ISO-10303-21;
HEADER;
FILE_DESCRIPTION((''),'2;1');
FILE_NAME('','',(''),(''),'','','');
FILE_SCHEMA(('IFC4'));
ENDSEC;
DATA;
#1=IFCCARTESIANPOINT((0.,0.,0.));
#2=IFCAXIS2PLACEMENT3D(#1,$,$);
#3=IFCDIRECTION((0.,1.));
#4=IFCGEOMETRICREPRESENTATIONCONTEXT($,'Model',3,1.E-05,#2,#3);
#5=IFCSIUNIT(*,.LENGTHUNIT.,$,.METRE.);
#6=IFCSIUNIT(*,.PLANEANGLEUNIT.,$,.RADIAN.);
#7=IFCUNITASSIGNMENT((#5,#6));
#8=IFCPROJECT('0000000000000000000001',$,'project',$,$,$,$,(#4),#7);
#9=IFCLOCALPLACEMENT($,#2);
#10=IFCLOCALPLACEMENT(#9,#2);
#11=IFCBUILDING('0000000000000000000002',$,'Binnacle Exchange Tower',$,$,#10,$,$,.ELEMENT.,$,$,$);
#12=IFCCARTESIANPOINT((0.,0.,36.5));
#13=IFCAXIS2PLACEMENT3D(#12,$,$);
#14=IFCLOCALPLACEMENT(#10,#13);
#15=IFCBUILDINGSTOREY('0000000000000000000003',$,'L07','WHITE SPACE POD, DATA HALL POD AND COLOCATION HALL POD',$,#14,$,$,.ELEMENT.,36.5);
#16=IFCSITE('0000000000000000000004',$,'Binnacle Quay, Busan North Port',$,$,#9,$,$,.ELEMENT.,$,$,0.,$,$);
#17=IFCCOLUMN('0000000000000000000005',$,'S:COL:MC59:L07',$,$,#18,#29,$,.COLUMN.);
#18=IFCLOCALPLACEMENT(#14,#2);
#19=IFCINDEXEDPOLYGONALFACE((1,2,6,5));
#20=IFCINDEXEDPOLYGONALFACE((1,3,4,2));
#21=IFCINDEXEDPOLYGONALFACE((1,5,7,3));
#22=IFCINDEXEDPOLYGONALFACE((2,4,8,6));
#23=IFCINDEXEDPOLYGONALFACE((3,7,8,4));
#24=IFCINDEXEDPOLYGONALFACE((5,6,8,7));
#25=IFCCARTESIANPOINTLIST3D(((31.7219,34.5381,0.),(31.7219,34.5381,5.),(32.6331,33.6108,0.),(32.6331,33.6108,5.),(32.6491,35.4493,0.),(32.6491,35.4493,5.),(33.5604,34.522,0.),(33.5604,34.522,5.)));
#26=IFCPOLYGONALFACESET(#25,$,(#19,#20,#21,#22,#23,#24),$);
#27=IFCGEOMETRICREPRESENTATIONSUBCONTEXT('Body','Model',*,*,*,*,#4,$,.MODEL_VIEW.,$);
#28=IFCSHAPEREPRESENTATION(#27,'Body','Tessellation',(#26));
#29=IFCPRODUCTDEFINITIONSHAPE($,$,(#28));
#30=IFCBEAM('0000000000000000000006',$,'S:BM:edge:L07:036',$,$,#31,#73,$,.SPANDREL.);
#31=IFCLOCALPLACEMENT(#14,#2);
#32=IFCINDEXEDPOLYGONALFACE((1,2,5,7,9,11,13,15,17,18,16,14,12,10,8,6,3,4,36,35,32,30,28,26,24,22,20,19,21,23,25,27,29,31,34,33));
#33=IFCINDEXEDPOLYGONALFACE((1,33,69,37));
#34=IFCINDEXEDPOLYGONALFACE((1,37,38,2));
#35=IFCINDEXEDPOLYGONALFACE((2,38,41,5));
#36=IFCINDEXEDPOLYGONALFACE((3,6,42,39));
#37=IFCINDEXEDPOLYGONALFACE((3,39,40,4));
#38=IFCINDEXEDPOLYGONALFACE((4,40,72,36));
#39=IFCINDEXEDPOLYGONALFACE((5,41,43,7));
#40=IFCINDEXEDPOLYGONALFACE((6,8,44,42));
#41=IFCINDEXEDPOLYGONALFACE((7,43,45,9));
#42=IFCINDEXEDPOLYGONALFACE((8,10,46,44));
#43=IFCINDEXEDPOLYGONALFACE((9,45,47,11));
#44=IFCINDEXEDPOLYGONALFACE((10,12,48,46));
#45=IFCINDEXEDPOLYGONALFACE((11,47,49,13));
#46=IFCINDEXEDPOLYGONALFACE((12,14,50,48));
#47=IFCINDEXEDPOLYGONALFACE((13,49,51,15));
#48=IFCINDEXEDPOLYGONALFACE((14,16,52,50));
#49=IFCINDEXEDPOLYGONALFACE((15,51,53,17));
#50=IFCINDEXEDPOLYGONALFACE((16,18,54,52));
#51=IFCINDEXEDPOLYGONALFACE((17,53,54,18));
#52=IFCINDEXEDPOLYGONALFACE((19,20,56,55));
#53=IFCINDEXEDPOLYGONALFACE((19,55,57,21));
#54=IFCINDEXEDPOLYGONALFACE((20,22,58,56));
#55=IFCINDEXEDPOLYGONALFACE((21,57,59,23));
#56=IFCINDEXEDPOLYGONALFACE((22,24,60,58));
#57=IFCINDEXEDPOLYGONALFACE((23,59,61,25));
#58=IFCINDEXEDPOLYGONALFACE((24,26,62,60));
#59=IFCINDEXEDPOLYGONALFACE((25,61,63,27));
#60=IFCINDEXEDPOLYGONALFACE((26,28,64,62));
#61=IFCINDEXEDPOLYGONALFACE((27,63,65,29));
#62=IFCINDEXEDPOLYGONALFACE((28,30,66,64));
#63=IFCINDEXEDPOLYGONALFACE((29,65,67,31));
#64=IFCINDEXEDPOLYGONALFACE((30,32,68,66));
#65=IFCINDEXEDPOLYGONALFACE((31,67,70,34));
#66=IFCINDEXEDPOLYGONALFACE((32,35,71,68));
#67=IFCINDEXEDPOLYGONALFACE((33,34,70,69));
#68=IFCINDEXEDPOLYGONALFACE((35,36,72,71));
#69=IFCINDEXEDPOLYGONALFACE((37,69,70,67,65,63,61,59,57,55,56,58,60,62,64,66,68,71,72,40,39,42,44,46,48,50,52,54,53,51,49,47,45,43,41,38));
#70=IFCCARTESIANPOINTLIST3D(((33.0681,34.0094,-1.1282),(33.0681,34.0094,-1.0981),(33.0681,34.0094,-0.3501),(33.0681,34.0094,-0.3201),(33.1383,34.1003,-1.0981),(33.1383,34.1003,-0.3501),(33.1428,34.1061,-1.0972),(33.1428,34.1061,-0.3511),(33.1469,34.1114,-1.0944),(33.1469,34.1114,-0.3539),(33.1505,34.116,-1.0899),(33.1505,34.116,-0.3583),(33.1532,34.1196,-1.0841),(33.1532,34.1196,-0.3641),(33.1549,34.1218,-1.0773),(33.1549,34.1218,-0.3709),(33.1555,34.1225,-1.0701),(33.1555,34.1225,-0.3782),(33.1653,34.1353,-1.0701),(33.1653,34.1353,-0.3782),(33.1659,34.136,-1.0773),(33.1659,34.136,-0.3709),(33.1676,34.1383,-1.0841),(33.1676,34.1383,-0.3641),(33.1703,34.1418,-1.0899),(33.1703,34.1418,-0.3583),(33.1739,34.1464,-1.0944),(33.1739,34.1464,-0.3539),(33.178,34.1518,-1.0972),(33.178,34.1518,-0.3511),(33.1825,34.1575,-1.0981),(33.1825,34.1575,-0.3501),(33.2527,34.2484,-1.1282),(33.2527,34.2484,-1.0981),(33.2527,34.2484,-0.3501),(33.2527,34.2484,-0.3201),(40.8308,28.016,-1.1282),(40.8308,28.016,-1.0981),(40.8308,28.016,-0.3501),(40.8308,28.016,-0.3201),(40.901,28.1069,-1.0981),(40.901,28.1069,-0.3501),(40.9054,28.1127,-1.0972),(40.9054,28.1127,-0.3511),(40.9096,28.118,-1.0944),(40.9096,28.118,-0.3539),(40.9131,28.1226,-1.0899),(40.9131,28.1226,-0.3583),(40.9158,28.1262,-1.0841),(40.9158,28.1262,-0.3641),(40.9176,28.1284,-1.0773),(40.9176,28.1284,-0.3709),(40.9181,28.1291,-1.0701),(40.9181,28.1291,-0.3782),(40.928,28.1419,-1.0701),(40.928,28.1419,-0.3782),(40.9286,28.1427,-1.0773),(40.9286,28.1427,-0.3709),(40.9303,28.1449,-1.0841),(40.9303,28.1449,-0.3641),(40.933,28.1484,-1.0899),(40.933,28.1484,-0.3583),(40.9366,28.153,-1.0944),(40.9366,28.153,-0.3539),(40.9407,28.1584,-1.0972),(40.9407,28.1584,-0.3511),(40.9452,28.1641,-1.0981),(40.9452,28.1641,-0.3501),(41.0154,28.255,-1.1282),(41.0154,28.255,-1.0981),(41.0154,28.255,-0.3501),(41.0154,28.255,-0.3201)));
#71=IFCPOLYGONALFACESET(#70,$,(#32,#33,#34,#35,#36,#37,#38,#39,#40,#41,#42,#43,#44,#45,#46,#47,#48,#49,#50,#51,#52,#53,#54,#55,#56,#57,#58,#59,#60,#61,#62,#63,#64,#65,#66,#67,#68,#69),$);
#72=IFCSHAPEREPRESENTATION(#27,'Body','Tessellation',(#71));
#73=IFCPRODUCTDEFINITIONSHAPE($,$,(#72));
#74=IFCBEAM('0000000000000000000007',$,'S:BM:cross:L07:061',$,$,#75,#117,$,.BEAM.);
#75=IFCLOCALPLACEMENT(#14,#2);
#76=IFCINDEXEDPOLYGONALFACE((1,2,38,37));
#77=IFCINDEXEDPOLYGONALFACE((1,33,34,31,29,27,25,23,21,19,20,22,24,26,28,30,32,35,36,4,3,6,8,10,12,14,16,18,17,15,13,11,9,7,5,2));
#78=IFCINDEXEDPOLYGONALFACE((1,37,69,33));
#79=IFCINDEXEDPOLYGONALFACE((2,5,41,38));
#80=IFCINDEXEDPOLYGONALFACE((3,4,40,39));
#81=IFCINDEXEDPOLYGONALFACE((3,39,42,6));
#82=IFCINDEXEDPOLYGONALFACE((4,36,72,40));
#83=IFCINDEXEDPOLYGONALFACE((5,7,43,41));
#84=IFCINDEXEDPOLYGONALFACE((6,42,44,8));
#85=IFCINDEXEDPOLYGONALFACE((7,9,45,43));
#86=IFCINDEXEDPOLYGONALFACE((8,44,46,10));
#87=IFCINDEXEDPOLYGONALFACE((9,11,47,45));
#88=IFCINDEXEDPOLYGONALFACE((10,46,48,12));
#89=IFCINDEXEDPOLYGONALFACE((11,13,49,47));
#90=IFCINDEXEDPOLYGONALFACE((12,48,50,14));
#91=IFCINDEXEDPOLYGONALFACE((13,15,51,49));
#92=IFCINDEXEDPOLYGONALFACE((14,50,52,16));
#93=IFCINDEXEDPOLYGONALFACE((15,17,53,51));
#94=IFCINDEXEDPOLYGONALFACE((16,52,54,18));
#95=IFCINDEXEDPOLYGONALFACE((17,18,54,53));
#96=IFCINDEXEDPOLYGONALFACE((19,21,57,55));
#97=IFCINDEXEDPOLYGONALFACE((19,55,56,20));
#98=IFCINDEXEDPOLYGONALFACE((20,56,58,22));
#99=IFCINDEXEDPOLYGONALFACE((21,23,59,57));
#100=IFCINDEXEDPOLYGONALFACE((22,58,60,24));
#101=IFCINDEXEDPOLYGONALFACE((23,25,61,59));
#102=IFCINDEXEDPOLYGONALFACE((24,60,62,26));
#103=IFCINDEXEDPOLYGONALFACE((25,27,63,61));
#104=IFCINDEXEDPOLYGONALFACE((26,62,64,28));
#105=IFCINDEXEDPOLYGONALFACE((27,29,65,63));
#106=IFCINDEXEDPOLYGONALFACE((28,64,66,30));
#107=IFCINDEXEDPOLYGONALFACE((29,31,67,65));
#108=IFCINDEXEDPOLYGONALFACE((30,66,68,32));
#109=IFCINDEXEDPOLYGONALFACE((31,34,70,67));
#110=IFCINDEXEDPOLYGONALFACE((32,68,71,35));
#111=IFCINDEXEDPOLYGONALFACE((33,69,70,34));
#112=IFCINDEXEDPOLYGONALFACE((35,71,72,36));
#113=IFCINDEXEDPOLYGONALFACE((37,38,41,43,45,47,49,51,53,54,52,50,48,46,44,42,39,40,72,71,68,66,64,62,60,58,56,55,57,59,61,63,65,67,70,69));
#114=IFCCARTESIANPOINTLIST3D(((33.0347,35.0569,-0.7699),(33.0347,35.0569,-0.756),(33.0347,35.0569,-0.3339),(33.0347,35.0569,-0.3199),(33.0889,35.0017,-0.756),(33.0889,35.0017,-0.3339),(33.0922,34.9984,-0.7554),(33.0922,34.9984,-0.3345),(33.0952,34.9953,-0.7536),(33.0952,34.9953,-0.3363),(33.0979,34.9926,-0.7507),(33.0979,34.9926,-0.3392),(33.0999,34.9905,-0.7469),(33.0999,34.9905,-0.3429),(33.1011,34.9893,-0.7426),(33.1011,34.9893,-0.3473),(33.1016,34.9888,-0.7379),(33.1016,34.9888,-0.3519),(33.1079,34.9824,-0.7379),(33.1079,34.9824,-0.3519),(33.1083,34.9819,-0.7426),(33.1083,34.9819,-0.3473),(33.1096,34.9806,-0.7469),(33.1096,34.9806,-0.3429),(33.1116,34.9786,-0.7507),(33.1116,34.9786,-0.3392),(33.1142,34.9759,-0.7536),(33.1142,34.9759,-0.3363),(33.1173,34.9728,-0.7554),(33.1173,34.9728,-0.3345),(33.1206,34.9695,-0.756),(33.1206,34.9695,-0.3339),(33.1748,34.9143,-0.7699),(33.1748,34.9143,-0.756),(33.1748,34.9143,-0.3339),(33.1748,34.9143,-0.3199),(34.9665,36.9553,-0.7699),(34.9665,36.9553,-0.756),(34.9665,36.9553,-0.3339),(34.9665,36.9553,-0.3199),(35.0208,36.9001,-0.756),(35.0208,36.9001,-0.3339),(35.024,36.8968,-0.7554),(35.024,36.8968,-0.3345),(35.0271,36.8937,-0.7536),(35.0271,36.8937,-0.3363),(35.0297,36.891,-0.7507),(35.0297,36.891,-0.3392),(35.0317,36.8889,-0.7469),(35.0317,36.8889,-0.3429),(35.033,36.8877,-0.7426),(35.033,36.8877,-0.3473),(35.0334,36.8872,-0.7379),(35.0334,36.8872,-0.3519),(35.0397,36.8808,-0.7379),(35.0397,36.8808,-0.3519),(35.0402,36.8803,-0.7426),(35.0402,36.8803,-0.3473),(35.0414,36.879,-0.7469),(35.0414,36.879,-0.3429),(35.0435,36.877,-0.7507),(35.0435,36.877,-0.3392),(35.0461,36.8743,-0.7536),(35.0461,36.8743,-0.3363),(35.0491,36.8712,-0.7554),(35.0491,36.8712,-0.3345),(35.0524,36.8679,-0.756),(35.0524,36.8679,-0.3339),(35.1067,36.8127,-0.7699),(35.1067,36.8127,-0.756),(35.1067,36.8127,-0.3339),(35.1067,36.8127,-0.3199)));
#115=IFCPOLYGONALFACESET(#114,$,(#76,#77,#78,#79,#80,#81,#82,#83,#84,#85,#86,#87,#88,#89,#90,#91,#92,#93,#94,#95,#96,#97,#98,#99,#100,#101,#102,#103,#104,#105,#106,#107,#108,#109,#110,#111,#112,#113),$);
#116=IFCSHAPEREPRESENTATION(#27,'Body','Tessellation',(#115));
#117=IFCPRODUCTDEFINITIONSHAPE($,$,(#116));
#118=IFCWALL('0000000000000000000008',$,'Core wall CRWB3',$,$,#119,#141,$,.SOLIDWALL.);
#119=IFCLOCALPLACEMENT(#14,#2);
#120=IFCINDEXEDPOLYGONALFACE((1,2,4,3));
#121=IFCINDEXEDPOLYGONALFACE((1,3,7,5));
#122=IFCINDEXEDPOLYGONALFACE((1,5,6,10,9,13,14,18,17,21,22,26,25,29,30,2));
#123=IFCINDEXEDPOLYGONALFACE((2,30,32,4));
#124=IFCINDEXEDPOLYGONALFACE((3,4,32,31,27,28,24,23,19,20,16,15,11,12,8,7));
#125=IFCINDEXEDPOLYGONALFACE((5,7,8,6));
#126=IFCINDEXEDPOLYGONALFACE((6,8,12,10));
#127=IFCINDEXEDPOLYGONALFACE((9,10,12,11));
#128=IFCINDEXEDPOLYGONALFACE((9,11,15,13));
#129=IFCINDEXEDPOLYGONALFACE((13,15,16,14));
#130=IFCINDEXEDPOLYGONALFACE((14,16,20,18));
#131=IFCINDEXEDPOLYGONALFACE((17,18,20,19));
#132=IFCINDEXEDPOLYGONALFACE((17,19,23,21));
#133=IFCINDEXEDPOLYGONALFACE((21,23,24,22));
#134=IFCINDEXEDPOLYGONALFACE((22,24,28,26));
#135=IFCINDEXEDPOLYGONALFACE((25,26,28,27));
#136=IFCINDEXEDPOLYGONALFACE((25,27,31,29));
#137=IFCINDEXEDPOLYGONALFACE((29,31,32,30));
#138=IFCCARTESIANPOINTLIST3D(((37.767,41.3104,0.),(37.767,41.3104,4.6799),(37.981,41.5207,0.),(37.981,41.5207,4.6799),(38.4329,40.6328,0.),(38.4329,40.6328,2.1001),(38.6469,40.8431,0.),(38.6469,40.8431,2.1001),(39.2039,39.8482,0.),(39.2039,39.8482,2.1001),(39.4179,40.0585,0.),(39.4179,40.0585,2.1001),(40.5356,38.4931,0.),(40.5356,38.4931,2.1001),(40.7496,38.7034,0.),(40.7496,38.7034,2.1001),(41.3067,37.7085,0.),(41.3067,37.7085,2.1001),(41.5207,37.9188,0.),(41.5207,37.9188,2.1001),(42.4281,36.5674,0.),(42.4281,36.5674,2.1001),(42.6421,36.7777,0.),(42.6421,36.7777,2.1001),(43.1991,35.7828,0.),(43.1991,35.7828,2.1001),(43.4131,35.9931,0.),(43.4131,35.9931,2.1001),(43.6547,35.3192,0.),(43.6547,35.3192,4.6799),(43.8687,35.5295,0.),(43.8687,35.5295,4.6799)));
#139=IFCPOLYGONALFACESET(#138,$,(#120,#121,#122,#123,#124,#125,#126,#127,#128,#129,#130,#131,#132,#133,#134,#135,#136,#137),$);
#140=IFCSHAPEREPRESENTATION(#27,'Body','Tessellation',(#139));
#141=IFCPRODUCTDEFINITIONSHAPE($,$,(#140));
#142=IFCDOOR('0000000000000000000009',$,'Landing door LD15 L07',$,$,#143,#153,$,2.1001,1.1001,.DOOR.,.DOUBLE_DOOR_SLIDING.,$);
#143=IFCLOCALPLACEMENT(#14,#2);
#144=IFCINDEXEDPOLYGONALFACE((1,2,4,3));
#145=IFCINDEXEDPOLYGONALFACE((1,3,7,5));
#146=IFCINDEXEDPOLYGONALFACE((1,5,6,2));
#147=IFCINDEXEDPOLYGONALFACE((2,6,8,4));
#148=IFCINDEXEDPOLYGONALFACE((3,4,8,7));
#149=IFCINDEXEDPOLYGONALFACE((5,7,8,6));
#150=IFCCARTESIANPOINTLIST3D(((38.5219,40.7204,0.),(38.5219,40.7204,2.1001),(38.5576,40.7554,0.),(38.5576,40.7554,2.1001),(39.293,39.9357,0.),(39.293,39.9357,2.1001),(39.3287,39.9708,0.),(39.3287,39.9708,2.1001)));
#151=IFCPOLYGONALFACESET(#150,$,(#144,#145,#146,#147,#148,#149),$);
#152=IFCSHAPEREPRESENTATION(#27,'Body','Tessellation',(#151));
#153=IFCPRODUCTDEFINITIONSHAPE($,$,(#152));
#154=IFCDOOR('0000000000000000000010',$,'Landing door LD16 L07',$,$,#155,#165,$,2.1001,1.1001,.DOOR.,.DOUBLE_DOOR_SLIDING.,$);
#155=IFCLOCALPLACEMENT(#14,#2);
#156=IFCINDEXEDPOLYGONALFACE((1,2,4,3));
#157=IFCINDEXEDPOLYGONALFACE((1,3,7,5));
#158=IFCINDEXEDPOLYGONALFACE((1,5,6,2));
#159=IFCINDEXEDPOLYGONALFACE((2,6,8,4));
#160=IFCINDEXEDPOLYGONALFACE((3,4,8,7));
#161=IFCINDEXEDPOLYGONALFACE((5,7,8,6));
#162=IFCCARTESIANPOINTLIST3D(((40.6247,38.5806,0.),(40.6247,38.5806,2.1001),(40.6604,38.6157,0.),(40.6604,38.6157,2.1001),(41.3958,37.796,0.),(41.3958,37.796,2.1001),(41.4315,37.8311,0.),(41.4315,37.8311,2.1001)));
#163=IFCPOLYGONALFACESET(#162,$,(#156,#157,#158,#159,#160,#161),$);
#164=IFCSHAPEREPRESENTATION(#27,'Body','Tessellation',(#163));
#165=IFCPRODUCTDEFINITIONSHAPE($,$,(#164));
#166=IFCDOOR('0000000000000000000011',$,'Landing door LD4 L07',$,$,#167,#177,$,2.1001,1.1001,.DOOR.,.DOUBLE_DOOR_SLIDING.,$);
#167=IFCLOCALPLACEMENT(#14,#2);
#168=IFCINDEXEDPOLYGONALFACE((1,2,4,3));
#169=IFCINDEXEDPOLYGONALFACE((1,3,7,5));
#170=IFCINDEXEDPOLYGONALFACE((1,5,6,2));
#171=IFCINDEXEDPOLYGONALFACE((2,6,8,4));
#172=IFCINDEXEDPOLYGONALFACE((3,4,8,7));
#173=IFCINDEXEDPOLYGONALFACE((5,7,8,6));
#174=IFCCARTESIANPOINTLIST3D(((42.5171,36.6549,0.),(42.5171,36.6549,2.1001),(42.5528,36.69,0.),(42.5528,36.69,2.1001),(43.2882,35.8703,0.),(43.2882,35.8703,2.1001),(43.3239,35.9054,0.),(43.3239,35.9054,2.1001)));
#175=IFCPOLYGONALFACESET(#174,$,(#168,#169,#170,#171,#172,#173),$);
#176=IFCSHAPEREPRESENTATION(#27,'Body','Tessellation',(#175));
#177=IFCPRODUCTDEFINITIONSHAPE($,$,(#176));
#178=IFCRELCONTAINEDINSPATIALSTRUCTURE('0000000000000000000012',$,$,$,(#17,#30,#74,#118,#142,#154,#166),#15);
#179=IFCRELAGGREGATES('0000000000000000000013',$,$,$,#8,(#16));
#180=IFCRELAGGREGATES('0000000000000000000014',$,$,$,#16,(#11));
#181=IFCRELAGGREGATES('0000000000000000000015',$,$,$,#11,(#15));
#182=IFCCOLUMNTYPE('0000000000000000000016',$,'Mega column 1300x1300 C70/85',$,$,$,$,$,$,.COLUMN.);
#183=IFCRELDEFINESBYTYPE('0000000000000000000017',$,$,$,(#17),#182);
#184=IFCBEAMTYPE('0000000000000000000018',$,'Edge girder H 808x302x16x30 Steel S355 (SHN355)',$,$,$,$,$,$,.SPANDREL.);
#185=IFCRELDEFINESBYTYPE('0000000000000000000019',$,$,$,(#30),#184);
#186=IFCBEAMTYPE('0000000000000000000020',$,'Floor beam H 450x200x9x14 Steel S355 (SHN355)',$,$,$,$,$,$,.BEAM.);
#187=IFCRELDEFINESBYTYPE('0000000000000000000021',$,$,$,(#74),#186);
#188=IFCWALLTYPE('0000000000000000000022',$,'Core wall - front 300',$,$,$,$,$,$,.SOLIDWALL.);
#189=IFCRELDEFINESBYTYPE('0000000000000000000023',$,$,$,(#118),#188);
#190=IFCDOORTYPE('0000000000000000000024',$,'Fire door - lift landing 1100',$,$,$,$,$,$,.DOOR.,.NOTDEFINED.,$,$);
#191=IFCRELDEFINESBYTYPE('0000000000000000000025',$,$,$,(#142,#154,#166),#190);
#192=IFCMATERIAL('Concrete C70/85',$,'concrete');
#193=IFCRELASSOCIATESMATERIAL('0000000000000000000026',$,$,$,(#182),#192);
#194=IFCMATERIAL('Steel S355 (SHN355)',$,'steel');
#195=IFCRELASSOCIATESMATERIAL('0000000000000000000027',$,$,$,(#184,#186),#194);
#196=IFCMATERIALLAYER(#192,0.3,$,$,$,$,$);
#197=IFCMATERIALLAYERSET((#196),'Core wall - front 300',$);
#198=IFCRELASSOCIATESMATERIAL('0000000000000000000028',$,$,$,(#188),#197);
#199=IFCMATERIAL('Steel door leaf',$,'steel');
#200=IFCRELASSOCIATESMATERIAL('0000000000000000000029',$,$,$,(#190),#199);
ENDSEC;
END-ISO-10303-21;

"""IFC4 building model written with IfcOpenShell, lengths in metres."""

from ifc_helpers import new_model, si_unit, direction, frame, frame_2d, origin, origin_2d, place, context, subcontext, project, spatial, rectangle, i_section, extrude, material, layer, layer_set, material_profile, profile_set, type_object, element, fill, save


model = new_model("IFC4")

# Units and contexts
model_context = context("Model", 3, precision=1e-05, world=origin(), true_north=direction((0.0, 1.0)))
body_context = subcontext(model_context, "Body", "Model", "MODEL_VIEW")
ifc_project = project(units=[si_unit("LENGTHUNIT", "METRE"), si_unit("PLANEANGLEUNIT", "RADIAN")], contexts=[model_context])

# Site, building, storey
site_placement = place(None, origin())
site = spatial("IfcSite", under=ifc_project, at=site_placement, Name="Binnacle Quay, Busan North Port", CompositionType="ELEMENT", RefElevation=0.0)
building_placement = place(site_placement, origin())
building = spatial("IfcBuilding", under=site, at=building_placement, Name="Binnacle Exchange Tower", CompositionType="ELEMENT")
storey_placement = place(building_placement, frame((0.0, 0.0, 36.5)))
storey = spatial("IfcBuildingStorey", under=building, at=storey_placement, Name="L07", Description="WHITE SPACE POD, DATA HALL POD AND COLOCATION HALL POD", CompositionType="ELEMENT", Elevation=36.5)

# Column
ifc_material_1 = material(Name="Concrete C70/85", Category="concrete")
ifc_material_profile_1 = material_profile(ifc_material_1, rectangle(XDim=1.3, YDim=1.3, at=origin_2d()), Name="Mega column 1300x1300 C70/85")
ifc_profile_set_1 = profile_set([ifc_material_profile_1], Name="Concrete C70/85")
column_type = type_object("IfcColumnType", Name="Mega column 1300x1300 C70/85", PredefinedType="COLUMN", material=ifc_profile_set_1)
column_placement = place(storey_placement, frame((32.6411, 34.53, 0.0), z_axis=(0.0, 0.0, 1.0), x_axis=(0.700909, -0.71325, 0.0)))
element("IfcColumn", 1, at=column_placement, inside=storey, type_object=column_type, Name="S:COL:MC59:L07", PredefinedType="COLUMN", context=body_context, shape_type="SweptSolid", body=[
    extrude(rectangle(XDim=1.3, YDim=1.3, at=origin_2d()), origin(), (0.0, 0.0, 1.0), 5.0),
])

# Beams
ifc_material_2 = material(Name="Steel S355 (SHN355)", Category="steel")
ifc_material_profile_2 = material_profile(ifc_material_2, i_section(OverallWidth=0.302, OverallDepth=0.8081, WebThickness=0.0161, FlangeThickness=0.03, FilletRadius=0.0281, at=origin_2d()), Name="H 808x302x16x30")
ifc_profile_set_2 = profile_set([ifc_material_profile_2], Name="Steel S355 (SHN355)")
beam_type_1 = type_object("IfcBeamType", Name="Edge girder H 808x302x16x30 Steel S355 (SHN355)", PredefinedType="SPANDREL", material=ifc_profile_set_2)
beam_1_placement = place(storey_placement, frame((33.1604, 34.1289, -0.7241), z_axis=(0.791533, -0.611126, 0.0), x_axis=(0.611126, 0.791533, 0.0)))
element("IfcBeam", 2, at=beam_1_placement, inside=storey, type_object=beam_type_1, Name="S:BM:edge:L07:036", PredefinedType="SPANDREL", context=body_context, shape_type="SweptSolid", body=[
    extrude(i_section(OverallWidth=0.302, OverallDepth=0.8081, WebThickness=0.0161, FlangeThickness=0.03, FilletRadius=0.0281, at=origin_2d()), origin(), (0.0, 0.0, 1.0), 9.8071),
])
ifc_material_profile_3 = material_profile(ifc_material_2, i_section(OverallWidth=0.2, OverallDepth=0.45, WebThickness=0.009, FlangeThickness=0.0139, FilletRadius=0.0181, at=origin_2d()), Name="H 450x200x9x14")
ifc_profile_set_3 = profile_set([ifc_material_profile_3], Name="Steel S355 (SHN355)")
beam_type_2 = type_object("IfcBeamType", Name="Floor beam H 450x200x9x14 Steel S355 (SHN355)", PredefinedType="BEAM", material=ifc_profile_set_3)
beam_2_placement = place(storey_placement, frame((33.1047, 34.9856, -0.5449), z_axis=(0.713254, 0.700905, 0.0), x_axis=(-0.700905, 0.713254, 0.0)))
element("IfcBeam", 3, at=beam_2_placement, inside=storey, type_object=beam_type_2, Name="S:BM:cross:L07:061", PredefinedType="BEAM", context=body_context, shape_type="SweptSolid", body=[
    extrude(i_section(OverallWidth=0.2, OverallDepth=0.45, WebThickness=0.009, FlangeThickness=0.0139, FilletRadius=0.0181, at=origin_2d()), origin(), (0.0, 0.0, 1.0), 2.7085),
])

# Wall, openings, doors
ifc_layer_1 = layer(ifc_material_1, 0.3)
ifc_layer_set_1 = layer_set([ifc_layer_1], Name="Core wall - front 300")
wall_type_1 = type_object("IfcWallType", Name="Core wall - front 300", PredefinedType="SOLIDWALL", material=ifc_layer_set_1)
wall_1_placement = place(storey_placement, frame((37.874, 41.4155, 0.0), z_axis=(0.0, 0.0, 1.0), x_axis=(0.700918, -0.713242, 0.0)))
wall_1 = element("IfcWall", 4, at=wall_1_placement, inside=storey, type_object=wall_type_1, Name="Core wall CRWB3", PredefinedType="SOLIDWALL", context=body_context, shape_type="SweptSolid", body=[
    extrude(rectangle(XDim=8.3999, YDim=0.3, at=frame_2d((4.2, 0.0))), origin(), (0.0, 0.0, 1.0), 4.6799),
])
opening_1_placement = place(wall_1_placement, frame((0.95, 0.0, 0.0)))
opening_1 = element("IfcOpeningElement", 5, at=opening_1_placement, cuts=wall_1, PredefinedType="OPENING", context=body_context, shape_type="SweptSolid", body=[
    extrude(rectangle(XDim=1.1001, YDim=2.1001, at=frame_2d((0.55, 1.05))), frame((0.0, 0.1599, 0.0), z_axis=(0.0, -1.0, 0.0), x_axis=(1.0, 0.0, 0.0)), (0.0, 0.0, 1.0), 0.3201),
])
opening_2_placement = place(wall_1_placement, frame((3.95, 0.0, 0.0)))
opening_2 = element("IfcOpeningElement", 6, at=opening_2_placement, cuts=wall_1, PredefinedType="OPENING", context=body_context, shape_type="SweptSolid", body=[
    extrude(rectangle(XDim=1.1001, YDim=2.1001, at=frame_2d((0.55, 1.05))), frame((0.0, 0.1599, 0.0), z_axis=(0.0, -1.0, 0.0), x_axis=(1.0, 0.0, 0.0)), (0.0, 0.0, 1.0), 0.3201),
])
opening_3_placement = place(wall_1_placement, frame((6.6499, 0.0, 0.0)))
opening_3 = element("IfcOpeningElement", 7, at=opening_3_placement, cuts=wall_1, PredefinedType="OPENING", context=body_context, shape_type="SweptSolid", body=[
    extrude(rectangle(XDim=1.1001, YDim=2.1001, at=frame_2d((0.55, 1.05))), frame((0.0, 0.1599, 0.0), z_axis=(0.0, -1.0, 0.0), x_axis=(1.0, 0.0, 0.0)), (0.0, 0.0, 1.0), 0.3201),
])
ifc_material_3 = material(Name="Steel door leaf", Category="steel")
door_type_1 = type_object("IfcDoorType", Name="Fire door - lift landing 1100", OperationType="NOTDEFINED", PredefinedType="DOOR", material=ifc_material_3)
door_1_placement = place(opening_1_placement, origin())
door_1 = element("IfcDoor", 8, at=door_1_placement, inside=storey, type_object=door_type_1, Name="Landing door LD15 L07", OperationType="DOUBLE_DOOR_SLIDING", OverallHeight=2.1001, OverallWidth=1.1001, PredefinedType="DOOR", context=body_context, shape_type="SweptSolid", body=[
    extrude(rectangle(XDim=1.1001, YDim=2.1001, at=frame_2d((0.55, 1.05))), frame((0.0, 0.0249, 0.0), z_axis=(0.0, -1.0, 0.0), x_axis=(1.0, 0.0, 0.0)), (0.0, 0.0, 1.0), 0.05),
])
fill(opening_1, door_1)
door_2_placement = place(opening_2_placement, origin())
door_2 = element("IfcDoor", 9, at=door_2_placement, inside=storey, type_object=door_type_1, Name="Landing door LD16 L07", OperationType="DOUBLE_DOOR_SLIDING", OverallHeight=2.1001, OverallWidth=1.1001, PredefinedType="DOOR", context=body_context, shape_type="SweptSolid", body=[
    extrude(rectangle(XDim=1.1001, YDim=2.1001, at=frame_2d((0.55, 1.05))), frame((0.0, 0.0249, 0.0), z_axis=(0.0, -1.0, 0.0), x_axis=(1.0, 0.0, 0.0)), (0.0, 0.0, 1.0), 0.05),
])
fill(opening_2, door_2)
door_3_placement = place(opening_3_placement, origin())
door_3 = element("IfcDoor", 10, at=door_3_placement, inside=storey, type_object=door_type_1, Name="Landing door LD4 L07", OperationType="DOUBLE_DOOR_SLIDING", OverallHeight=2.1001, OverallWidth=1.1001, PredefinedType="DOOR", context=body_context, shape_type="SweptSolid", body=[
    extrude(rectangle(XDim=1.1001, YDim=2.1001, at=frame_2d((0.55, 1.05))), frame((0.0, 0.0249, 0.0), z_axis=(0.0, -1.0, 0.0), x_axis=(1.0, 0.0, 0.0)), (0.0, 0.0, 1.0), 0.05),
])
fill(opening_3, door_3)

save(model, "model.ifc")
